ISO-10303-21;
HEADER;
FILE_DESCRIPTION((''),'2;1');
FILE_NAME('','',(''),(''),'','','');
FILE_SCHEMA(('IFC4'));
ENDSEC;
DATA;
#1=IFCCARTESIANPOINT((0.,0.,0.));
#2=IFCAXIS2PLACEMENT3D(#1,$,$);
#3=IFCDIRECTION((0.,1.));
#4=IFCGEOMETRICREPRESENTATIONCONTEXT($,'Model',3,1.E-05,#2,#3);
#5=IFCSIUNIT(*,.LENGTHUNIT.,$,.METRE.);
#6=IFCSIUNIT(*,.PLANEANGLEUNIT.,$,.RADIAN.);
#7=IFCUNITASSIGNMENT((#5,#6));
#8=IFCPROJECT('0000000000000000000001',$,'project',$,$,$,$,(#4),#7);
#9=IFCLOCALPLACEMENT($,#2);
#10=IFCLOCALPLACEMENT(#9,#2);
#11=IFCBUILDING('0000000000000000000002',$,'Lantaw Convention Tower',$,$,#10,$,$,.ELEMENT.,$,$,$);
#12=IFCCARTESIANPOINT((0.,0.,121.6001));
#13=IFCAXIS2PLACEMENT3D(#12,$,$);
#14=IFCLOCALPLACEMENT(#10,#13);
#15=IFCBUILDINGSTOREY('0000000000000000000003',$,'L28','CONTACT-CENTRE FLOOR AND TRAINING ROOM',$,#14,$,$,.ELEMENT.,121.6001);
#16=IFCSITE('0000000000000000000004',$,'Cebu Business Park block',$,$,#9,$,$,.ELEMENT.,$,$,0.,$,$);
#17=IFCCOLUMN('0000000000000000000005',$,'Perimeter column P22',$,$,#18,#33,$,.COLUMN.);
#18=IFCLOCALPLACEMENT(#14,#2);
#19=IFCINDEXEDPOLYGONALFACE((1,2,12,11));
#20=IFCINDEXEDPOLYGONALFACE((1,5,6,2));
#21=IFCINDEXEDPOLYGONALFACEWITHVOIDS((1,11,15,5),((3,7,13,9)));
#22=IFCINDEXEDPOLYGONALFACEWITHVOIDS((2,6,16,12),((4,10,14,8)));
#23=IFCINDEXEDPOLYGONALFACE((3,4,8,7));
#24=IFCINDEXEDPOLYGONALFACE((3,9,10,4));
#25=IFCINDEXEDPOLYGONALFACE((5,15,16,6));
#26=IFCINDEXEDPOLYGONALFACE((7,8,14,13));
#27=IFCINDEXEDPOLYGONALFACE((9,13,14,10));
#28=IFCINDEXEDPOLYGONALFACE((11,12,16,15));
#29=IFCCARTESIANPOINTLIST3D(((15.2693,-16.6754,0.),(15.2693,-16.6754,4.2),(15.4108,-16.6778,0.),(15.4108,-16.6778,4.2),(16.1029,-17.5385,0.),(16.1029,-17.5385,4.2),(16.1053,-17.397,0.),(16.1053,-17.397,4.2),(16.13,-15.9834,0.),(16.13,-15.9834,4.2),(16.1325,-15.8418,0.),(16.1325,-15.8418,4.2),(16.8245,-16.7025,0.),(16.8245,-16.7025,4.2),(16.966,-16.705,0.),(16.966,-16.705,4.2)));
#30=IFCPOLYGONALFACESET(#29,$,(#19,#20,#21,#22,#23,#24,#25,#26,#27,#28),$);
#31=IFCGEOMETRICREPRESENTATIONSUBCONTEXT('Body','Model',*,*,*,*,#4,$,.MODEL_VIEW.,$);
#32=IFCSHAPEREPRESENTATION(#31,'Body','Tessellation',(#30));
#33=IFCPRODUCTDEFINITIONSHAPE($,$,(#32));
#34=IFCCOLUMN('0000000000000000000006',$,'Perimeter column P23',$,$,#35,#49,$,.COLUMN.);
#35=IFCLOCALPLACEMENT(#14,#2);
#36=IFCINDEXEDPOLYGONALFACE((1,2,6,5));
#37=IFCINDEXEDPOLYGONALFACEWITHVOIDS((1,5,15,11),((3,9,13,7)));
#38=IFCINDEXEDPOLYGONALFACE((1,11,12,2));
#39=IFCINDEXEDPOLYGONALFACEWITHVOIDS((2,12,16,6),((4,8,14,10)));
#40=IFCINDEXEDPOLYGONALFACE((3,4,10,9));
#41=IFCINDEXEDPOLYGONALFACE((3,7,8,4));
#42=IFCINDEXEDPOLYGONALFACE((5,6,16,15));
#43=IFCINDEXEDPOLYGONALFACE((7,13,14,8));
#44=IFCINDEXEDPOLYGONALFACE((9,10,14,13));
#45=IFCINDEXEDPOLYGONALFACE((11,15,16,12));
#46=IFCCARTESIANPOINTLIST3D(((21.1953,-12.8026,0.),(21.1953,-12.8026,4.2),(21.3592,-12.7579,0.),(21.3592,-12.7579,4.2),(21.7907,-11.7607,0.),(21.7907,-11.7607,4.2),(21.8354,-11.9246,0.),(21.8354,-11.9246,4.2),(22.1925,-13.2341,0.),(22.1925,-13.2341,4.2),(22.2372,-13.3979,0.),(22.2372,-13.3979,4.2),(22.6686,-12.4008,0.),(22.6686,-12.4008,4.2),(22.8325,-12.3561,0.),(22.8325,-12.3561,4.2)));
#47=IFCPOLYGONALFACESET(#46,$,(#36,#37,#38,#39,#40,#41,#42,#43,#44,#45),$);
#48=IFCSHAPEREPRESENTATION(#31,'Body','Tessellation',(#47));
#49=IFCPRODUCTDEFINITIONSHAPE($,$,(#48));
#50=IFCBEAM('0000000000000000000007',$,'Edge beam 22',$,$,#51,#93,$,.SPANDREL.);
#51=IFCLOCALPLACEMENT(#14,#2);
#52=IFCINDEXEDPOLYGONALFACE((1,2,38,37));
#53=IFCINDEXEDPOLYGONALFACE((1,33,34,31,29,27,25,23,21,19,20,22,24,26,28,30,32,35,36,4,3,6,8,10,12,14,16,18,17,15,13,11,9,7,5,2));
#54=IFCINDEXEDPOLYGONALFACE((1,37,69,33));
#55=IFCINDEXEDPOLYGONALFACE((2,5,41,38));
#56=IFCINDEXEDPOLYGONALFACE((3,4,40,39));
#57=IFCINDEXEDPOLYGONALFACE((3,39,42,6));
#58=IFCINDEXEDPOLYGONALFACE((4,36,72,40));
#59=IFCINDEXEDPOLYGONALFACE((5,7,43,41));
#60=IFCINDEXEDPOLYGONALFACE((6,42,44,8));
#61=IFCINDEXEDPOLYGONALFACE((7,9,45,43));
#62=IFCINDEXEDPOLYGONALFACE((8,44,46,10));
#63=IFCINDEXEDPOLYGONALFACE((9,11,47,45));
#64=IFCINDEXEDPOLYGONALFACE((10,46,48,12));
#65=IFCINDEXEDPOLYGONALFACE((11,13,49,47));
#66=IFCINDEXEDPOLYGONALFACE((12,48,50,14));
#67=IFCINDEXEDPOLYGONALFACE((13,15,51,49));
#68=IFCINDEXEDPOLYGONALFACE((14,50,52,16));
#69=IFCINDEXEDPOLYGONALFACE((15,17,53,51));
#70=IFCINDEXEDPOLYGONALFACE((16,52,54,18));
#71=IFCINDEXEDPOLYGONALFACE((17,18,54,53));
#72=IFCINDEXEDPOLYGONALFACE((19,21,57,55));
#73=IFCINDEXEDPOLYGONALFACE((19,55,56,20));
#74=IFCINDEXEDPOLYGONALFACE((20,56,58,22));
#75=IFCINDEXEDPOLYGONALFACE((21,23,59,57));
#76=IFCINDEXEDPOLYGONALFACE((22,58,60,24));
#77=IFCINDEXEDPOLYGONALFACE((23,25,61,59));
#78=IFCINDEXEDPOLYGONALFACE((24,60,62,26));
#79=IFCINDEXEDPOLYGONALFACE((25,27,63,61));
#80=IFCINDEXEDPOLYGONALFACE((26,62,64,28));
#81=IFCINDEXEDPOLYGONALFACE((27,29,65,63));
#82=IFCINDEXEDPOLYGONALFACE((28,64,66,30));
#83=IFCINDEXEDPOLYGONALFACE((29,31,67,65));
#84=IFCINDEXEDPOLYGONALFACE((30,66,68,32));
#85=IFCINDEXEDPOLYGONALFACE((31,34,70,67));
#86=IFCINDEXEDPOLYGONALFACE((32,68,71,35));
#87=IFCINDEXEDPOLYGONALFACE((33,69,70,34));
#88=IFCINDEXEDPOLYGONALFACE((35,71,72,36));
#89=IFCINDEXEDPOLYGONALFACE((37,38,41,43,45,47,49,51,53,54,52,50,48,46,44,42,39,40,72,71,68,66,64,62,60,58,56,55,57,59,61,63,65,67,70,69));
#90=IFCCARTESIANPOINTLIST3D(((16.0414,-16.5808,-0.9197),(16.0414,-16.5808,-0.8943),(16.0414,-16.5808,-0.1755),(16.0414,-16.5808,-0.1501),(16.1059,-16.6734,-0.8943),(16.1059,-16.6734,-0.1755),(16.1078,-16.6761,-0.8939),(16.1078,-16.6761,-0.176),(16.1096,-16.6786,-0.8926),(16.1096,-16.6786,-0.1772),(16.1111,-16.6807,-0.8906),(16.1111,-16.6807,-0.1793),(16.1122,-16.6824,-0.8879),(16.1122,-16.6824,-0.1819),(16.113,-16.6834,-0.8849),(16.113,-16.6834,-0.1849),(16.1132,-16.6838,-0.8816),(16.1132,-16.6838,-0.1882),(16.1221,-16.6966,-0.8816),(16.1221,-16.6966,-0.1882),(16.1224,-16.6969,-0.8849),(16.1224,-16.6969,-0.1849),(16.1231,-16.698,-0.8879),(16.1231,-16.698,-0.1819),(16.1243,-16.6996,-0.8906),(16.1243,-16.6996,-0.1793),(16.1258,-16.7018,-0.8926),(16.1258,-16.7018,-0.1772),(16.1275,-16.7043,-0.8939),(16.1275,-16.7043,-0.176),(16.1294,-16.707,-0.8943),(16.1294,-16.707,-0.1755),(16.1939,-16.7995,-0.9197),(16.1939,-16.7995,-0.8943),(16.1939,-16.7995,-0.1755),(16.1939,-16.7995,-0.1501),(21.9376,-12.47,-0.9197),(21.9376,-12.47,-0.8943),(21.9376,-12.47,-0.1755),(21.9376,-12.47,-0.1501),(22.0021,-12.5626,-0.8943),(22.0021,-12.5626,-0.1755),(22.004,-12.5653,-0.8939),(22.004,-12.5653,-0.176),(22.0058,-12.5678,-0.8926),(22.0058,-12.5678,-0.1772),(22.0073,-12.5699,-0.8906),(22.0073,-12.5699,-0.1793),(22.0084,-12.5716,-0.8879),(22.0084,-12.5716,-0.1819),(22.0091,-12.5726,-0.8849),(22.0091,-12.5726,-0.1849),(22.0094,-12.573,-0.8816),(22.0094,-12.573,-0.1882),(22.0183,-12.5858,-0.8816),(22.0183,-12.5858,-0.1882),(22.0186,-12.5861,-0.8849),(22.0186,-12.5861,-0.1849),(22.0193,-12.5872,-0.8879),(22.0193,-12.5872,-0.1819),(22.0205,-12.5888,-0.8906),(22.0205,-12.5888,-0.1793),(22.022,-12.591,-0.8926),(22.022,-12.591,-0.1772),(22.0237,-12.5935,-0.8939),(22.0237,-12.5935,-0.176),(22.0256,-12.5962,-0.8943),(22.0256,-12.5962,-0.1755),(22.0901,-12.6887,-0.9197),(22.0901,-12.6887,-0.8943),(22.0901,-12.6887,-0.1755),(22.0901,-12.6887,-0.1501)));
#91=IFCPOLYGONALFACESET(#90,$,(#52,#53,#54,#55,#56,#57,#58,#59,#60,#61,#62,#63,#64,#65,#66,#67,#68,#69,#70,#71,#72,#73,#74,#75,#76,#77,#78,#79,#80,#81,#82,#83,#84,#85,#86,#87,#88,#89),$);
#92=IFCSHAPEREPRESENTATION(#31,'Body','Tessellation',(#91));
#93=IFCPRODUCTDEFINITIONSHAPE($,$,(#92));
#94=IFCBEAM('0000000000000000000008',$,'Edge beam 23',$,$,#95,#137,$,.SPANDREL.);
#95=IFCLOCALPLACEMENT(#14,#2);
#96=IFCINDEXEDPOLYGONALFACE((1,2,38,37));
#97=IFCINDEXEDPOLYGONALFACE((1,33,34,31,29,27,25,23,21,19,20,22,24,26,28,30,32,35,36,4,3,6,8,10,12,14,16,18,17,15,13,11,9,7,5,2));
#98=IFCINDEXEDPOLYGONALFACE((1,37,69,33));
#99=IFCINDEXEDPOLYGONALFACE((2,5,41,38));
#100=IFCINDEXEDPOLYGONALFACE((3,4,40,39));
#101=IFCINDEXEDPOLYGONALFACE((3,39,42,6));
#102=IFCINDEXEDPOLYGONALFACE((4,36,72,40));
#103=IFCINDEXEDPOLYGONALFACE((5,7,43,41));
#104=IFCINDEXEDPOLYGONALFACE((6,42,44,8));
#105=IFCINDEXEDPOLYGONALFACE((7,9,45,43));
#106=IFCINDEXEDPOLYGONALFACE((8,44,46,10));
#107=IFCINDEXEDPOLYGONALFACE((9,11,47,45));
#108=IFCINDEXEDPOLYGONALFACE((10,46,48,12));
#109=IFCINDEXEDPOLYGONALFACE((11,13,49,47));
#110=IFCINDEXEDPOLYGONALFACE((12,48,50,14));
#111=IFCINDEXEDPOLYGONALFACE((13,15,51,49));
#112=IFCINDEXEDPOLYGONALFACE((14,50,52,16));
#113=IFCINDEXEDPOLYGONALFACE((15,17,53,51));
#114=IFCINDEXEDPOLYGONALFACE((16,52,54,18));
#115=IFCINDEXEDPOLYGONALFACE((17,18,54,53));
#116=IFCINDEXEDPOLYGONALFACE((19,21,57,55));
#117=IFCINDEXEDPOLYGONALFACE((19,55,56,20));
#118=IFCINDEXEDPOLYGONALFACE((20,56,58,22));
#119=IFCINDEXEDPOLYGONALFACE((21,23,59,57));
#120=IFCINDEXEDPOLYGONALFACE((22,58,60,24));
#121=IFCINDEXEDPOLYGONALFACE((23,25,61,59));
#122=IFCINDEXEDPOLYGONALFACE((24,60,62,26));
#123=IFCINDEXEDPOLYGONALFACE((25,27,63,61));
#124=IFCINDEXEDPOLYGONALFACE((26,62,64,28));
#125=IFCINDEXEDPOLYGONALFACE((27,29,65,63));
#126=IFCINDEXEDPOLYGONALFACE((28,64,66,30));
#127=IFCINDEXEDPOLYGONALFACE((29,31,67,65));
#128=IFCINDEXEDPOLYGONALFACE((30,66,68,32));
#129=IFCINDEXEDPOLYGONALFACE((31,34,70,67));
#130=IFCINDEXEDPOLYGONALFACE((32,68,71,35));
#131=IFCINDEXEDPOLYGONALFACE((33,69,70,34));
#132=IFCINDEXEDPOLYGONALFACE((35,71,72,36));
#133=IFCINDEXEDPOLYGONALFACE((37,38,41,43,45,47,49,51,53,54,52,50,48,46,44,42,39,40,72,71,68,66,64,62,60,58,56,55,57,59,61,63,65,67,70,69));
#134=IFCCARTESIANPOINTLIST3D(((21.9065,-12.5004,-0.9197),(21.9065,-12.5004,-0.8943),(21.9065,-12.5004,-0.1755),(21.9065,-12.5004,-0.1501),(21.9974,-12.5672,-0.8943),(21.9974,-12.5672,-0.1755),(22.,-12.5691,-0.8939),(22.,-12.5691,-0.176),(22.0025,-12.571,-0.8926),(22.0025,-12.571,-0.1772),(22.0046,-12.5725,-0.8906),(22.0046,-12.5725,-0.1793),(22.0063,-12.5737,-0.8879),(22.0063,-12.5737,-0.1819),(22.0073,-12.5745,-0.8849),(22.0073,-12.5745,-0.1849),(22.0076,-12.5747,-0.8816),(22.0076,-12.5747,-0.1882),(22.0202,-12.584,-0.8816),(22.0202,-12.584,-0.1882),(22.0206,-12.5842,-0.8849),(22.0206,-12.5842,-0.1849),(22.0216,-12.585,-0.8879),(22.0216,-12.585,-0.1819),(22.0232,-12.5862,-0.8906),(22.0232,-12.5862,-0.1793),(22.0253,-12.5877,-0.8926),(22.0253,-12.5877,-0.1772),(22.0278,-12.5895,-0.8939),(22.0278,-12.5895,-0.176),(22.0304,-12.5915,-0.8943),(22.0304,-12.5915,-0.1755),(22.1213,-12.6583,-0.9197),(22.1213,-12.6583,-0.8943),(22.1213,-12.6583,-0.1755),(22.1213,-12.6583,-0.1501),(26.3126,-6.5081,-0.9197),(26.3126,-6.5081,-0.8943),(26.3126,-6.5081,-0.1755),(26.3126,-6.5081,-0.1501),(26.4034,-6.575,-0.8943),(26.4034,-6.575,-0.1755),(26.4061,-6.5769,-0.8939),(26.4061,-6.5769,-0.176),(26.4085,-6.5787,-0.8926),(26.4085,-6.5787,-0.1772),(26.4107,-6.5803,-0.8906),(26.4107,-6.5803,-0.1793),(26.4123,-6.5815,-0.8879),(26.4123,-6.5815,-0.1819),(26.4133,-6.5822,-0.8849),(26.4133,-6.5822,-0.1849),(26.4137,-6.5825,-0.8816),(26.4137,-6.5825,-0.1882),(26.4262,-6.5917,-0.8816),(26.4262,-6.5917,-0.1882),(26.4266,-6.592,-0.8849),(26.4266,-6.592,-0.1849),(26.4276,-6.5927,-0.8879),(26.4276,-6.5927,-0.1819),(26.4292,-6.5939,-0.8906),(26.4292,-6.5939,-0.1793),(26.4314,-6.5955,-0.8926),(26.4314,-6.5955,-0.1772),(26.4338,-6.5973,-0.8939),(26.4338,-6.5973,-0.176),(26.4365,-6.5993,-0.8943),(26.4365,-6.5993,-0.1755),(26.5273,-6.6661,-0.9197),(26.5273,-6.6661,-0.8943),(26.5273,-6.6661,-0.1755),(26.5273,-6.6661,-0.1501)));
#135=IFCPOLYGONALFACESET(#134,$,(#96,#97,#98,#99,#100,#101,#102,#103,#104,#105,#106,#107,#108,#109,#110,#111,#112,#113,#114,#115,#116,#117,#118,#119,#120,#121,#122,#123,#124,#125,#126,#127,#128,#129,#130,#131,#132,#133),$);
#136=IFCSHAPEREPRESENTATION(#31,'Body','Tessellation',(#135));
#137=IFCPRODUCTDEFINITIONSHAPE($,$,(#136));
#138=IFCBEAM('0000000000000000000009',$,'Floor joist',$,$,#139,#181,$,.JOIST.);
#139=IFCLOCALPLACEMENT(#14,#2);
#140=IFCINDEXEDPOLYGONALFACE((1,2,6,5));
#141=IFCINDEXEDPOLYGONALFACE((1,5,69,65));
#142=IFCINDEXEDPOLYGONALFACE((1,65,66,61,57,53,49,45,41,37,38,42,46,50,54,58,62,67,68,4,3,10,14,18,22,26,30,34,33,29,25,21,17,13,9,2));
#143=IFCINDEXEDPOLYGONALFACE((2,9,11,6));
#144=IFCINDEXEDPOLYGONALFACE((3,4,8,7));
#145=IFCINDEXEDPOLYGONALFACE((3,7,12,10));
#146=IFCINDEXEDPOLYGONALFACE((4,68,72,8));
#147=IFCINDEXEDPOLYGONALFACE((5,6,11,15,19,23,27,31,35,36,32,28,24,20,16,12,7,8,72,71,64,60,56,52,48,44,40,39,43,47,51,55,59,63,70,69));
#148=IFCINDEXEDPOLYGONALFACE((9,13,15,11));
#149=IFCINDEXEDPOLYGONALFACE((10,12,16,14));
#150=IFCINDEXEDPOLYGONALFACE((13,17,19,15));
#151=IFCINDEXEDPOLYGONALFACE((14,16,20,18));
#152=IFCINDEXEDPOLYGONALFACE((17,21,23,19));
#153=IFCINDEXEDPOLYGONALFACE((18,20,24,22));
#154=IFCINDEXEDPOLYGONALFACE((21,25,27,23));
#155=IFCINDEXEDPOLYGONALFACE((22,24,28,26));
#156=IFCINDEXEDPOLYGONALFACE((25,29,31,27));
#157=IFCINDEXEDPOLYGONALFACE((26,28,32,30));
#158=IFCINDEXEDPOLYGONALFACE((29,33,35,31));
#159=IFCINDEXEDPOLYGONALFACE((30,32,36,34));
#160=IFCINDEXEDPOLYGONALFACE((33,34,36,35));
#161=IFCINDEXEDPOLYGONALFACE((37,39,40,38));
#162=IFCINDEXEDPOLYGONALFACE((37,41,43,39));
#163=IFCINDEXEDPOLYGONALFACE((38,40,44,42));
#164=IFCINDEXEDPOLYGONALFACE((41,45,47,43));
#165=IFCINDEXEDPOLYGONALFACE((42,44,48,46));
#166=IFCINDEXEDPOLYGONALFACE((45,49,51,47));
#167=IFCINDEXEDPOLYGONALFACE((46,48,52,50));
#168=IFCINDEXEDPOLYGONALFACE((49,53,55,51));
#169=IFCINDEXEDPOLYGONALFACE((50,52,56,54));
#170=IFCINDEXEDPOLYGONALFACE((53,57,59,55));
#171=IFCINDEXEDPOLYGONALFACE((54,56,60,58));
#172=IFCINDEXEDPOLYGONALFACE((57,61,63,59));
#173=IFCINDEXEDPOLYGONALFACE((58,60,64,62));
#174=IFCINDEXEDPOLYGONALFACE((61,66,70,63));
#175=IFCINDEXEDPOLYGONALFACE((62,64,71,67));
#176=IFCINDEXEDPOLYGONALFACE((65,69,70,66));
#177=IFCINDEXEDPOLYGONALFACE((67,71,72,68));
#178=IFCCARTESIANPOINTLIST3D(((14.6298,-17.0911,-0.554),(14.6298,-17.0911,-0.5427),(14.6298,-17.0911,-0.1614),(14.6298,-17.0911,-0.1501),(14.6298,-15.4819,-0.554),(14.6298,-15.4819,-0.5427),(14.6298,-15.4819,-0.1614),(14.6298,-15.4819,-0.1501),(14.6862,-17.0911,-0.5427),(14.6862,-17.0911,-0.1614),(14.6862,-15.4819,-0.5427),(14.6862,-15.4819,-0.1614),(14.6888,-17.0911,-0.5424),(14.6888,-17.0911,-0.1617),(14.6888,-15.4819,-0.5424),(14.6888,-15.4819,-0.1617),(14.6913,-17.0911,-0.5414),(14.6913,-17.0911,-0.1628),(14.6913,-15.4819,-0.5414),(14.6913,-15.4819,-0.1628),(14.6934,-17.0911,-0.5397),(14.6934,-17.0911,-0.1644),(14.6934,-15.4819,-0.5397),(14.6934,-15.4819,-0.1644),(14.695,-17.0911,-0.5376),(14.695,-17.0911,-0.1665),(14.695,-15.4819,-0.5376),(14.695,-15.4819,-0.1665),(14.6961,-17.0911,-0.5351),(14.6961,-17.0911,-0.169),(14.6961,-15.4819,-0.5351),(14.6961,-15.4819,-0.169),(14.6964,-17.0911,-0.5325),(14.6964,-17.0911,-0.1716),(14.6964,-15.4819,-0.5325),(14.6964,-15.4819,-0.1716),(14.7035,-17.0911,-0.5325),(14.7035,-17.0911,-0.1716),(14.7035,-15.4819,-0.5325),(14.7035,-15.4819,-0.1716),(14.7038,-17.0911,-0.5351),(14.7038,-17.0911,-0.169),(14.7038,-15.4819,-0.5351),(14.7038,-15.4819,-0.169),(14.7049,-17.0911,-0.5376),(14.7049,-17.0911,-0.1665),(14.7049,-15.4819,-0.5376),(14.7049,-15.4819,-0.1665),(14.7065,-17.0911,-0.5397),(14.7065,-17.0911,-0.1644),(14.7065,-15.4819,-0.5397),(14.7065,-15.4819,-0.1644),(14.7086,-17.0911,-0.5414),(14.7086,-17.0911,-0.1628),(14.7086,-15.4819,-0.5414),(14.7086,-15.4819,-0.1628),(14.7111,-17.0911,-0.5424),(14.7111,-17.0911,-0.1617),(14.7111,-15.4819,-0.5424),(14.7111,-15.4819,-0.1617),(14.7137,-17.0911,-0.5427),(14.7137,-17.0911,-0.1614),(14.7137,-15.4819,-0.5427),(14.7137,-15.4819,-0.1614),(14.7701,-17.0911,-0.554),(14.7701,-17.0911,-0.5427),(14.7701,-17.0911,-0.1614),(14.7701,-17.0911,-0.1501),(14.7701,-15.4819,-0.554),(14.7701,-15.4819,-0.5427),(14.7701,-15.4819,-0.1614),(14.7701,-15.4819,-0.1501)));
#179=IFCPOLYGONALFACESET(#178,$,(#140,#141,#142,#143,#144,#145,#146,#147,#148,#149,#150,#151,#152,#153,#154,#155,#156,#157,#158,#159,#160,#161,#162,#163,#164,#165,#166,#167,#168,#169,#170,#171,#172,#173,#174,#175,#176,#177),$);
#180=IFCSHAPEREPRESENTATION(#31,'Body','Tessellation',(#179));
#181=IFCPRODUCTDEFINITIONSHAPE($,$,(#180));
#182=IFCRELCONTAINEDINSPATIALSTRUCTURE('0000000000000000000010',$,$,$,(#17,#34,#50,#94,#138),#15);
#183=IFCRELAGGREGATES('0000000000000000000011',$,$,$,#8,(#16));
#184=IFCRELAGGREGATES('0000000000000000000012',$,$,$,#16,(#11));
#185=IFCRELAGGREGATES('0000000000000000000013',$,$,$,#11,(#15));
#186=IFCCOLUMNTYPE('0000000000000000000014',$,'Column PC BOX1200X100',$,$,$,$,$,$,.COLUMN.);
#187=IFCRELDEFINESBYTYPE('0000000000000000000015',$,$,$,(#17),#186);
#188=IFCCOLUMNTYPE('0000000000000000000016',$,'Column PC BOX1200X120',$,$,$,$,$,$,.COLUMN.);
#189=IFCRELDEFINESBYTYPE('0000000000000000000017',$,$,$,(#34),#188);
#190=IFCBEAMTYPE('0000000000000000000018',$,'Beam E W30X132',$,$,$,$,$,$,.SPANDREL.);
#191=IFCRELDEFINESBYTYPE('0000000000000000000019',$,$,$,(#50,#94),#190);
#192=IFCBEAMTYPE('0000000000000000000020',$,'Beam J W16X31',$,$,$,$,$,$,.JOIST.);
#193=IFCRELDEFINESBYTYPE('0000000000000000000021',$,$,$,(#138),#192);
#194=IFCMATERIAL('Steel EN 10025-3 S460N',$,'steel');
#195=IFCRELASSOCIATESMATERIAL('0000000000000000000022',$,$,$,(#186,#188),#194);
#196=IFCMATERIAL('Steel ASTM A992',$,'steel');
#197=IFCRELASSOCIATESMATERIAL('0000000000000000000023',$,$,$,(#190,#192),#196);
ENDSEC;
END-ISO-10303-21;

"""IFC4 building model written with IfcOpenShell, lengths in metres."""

from ifc_helpers import new_model, si_unit, direction, frame, origin, origin_2d, place, context, subcontext, project, spatial, rectangle, hollow_rectangle, i_section, extrude, material, material_profile, profile_set, type_object, element, save


model = new_model("IFC4")

# Units and contexts
model_context = context("Model", 3, precision=1e-05, world=origin(), true_north=direction((0.0, 1.0)))
body_context = subcontext(model_context, "Body", "Model", "MODEL_VIEW")
ifc_project = project(units=[si_unit("LENGTHUNIT", "METRE"), si_unit("PLANEANGLEUNIT", "RADIAN")], contexts=[model_context])

# Site, building, storey
site_placement = place(None, origin())
site = spatial("IfcSite", under=ifc_project, at=site_placement, Name="Cebu Business Park block", CompositionType="ELEMENT", RefElevation=0.0)
building_placement = place(site_placement, origin())
building = spatial("IfcBuilding", under=site, at=building_placement, Name="Lantaw Convention Tower", CompositionType="ELEMENT")
storey_placement = place(building_placement, frame((0.0, 0.0, 121.6001)))
storey = spatial("IfcBuildingStorey", under=building, at=storey_placement, Name="L28", Description="CONTACT-CENTRE FLOOR AND TRAINING ROOM", CompositionType="ELEMENT", Elevation=121.6001)

# Columns
ifc_material_1 = material(Name="Steel EN 10025-3 S460N", Category="steel")
ifc_material_profile_1 = material_profile(ifc_material_1, hollow_rectangle(XDim=1.2, YDim=1.2, WallThickness=0.1001, at=origin_2d()), Name="BOX1200X100")
ifc_material_2 = material(Name="Concrete C60/75", Category="concrete")
ifc_material_profile_2 = material_profile(ifc_material_2, rectangle(XDim=1.0, YDim=1.0, at=origin_2d()), Name="Concrete fill of BOX1200X100")
ifc_profile_set_1 = profile_set([ifc_material_profile_1, ifc_material_profile_2], Name="Steel EN 10025-3 S460N")
column_type_1 = type_object("IfcColumnType", Name="Column PC BOX1200X100", PredefinedType="COLUMN", material=ifc_profile_set_1)
column_1_placement = place(storey_placement, frame((16.1177, -16.6902, 0.0), z_axis=(0.0, 0.0, 1.0), x_axis=(0.71934, 0.694658, 0.0)))
element("IfcColumn", 1, at=column_1_placement, inside=storey, type_object=column_type_1, Name="Perimeter column P22", PredefinedType="COLUMN", context=body_context, shape_type="SweptSolid", body=[
    extrude(hollow_rectangle(XDim=1.2, YDim=1.2, WallThickness=0.1001, at=origin_2d()), origin(), (0.0, 0.0, 1.0), 4.2),
])
ifc_material_profile_3 = material_profile(ifc_material_1, hollow_rectangle(XDim=1.2, YDim=1.2, WallThickness=0.1201, at=origin_2d()), Name="BOX1200X120")
ifc_material_profile_4 = material_profile(ifc_material_2, rectangle(XDim=0.96, YDim=0.96, at=origin_2d()), Name="Concrete fill of BOX1200X120")
ifc_profile_set_2 = profile_set([ifc_material_profile_3, ifc_material_profile_4], Name="Steel EN 10025-3 S460N")
column_type_2 = type_object("IfcColumnType", Name="Column PC BOX1200X120", PredefinedType="COLUMN", material=ifc_profile_set_2)
column_2_placement = place(storey_placement, frame((22.0139, -12.5793, 0.0), z_axis=(0.0, 0.0, 1.0), x_axis=(0.496139, 0.868243, 0.0)))
element("IfcColumn", 2, at=column_2_placement, inside=storey, type_object=column_type_2, Name="Perimeter column P23", PredefinedType="COLUMN", context=body_context, shape_type="SweptSolid", body=[
    extrude(hollow_rectangle(XDim=1.2, YDim=1.2, WallThickness=0.1201, at=origin_2d()), origin(), (0.0, 0.0, 1.0), 4.2),
])

# Beams
ifc_material_3 = material(Name="Steel ASTM A992", Category="steel")
ifc_material_profile_5 = material_profile(ifc_material_3, i_section(OverallWidth=0.2666, OverallDepth=0.7695, WebThickness=0.0156, FlangeThickness=0.0254, FilletRadius=0.0127, at=origin_2d()), Name="W30X132")
ifc_profile_set_3 = profile_set([ifc_material_profile_5], Name="Steel ASTM A992")
beam_type_1 = type_object("IfcBeamType", Name="Beam E W30X132", PredefinedType="SPANDREL", material=ifc_profile_set_3)
beam_1_placement = place(storey_placement, frame((16.1177, -16.6902, -0.5349), z_axis=(0.820311, 0.571918, 0.0), x_axis=(-0.571918, 0.820311, 0.0)))
element("IfcBeam", 3, at=beam_1_placement, inside=storey, type_object=beam_type_1, Name="Edge beam 22", PredefinedType="SPANDREL", context=body_context, shape_type="SweptSolid", body=[
    extrude(i_section(OverallWidth=0.2666, OverallDepth=0.7695, WebThickness=0.0156, FlangeThickness=0.0254, FilletRadius=0.0127, at=origin_2d()), origin(), (0.0, 0.0, 1.0), 7.1877),
])
beam_2_placement = place(storey_placement, frame((22.0139, -12.5793, -0.5349), z_axis=(0.592389, 0.805652, 0.0), x_axis=(-0.805652, 0.592389, 0.0)))
element("IfcBeam", 4, at=beam_2_placement, inside=storey, type_object=beam_type_1, Name="Edge beam 23", PredefinedType="SPANDREL", context=body_context, shape_type="SweptSolid", body=[
    extrude(i_section(OverallWidth=0.2666, OverallDepth=0.7695, WebThickness=0.0156, FlangeThickness=0.0254, FilletRadius=0.0127, at=origin_2d()), origin(), (0.0, 0.0, 1.0), 7.4377),
])
ifc_material_profile_6 = material_profile(ifc_material_3, i_section(OverallWidth=0.1404, OverallDepth=0.4038, WebThickness=0.0071, FlangeThickness=0.0112, FilletRadius=0.0103, at=origin_2d()), Name="W16X31")
ifc_profile_set_4 = profile_set([ifc_material_profile_6], Name="Steel ASTM A992")
beam_type_2 = type_object("IfcBeamType", Name="Beam J W16X31", PredefinedType="JOIST", material=ifc_profile_set_4)
beam_3_placement = place(storey_placement, frame((14.7, -17.0911, -0.3521), z_axis=(0.0, 1.0, 0.0), x_axis=(-1.0, 0.0, 0.0)))
element("IfcBeam", 5, at=beam_3_placement, inside=storey, type_object=beam_type_2, Name="Floor joist", PredefinedType="JOIST", context=body_context, shape_type="SweptSolid", body=[
    extrude(i_section(OverallWidth=0.1404, OverallDepth=0.4038, WebThickness=0.0071, FlangeThickness=0.0112, FilletRadius=0.0103, at=origin_2d()), origin(), (0.0, 0.0, 1.0), 1.6091),
])

save(model, "model.ifc")
